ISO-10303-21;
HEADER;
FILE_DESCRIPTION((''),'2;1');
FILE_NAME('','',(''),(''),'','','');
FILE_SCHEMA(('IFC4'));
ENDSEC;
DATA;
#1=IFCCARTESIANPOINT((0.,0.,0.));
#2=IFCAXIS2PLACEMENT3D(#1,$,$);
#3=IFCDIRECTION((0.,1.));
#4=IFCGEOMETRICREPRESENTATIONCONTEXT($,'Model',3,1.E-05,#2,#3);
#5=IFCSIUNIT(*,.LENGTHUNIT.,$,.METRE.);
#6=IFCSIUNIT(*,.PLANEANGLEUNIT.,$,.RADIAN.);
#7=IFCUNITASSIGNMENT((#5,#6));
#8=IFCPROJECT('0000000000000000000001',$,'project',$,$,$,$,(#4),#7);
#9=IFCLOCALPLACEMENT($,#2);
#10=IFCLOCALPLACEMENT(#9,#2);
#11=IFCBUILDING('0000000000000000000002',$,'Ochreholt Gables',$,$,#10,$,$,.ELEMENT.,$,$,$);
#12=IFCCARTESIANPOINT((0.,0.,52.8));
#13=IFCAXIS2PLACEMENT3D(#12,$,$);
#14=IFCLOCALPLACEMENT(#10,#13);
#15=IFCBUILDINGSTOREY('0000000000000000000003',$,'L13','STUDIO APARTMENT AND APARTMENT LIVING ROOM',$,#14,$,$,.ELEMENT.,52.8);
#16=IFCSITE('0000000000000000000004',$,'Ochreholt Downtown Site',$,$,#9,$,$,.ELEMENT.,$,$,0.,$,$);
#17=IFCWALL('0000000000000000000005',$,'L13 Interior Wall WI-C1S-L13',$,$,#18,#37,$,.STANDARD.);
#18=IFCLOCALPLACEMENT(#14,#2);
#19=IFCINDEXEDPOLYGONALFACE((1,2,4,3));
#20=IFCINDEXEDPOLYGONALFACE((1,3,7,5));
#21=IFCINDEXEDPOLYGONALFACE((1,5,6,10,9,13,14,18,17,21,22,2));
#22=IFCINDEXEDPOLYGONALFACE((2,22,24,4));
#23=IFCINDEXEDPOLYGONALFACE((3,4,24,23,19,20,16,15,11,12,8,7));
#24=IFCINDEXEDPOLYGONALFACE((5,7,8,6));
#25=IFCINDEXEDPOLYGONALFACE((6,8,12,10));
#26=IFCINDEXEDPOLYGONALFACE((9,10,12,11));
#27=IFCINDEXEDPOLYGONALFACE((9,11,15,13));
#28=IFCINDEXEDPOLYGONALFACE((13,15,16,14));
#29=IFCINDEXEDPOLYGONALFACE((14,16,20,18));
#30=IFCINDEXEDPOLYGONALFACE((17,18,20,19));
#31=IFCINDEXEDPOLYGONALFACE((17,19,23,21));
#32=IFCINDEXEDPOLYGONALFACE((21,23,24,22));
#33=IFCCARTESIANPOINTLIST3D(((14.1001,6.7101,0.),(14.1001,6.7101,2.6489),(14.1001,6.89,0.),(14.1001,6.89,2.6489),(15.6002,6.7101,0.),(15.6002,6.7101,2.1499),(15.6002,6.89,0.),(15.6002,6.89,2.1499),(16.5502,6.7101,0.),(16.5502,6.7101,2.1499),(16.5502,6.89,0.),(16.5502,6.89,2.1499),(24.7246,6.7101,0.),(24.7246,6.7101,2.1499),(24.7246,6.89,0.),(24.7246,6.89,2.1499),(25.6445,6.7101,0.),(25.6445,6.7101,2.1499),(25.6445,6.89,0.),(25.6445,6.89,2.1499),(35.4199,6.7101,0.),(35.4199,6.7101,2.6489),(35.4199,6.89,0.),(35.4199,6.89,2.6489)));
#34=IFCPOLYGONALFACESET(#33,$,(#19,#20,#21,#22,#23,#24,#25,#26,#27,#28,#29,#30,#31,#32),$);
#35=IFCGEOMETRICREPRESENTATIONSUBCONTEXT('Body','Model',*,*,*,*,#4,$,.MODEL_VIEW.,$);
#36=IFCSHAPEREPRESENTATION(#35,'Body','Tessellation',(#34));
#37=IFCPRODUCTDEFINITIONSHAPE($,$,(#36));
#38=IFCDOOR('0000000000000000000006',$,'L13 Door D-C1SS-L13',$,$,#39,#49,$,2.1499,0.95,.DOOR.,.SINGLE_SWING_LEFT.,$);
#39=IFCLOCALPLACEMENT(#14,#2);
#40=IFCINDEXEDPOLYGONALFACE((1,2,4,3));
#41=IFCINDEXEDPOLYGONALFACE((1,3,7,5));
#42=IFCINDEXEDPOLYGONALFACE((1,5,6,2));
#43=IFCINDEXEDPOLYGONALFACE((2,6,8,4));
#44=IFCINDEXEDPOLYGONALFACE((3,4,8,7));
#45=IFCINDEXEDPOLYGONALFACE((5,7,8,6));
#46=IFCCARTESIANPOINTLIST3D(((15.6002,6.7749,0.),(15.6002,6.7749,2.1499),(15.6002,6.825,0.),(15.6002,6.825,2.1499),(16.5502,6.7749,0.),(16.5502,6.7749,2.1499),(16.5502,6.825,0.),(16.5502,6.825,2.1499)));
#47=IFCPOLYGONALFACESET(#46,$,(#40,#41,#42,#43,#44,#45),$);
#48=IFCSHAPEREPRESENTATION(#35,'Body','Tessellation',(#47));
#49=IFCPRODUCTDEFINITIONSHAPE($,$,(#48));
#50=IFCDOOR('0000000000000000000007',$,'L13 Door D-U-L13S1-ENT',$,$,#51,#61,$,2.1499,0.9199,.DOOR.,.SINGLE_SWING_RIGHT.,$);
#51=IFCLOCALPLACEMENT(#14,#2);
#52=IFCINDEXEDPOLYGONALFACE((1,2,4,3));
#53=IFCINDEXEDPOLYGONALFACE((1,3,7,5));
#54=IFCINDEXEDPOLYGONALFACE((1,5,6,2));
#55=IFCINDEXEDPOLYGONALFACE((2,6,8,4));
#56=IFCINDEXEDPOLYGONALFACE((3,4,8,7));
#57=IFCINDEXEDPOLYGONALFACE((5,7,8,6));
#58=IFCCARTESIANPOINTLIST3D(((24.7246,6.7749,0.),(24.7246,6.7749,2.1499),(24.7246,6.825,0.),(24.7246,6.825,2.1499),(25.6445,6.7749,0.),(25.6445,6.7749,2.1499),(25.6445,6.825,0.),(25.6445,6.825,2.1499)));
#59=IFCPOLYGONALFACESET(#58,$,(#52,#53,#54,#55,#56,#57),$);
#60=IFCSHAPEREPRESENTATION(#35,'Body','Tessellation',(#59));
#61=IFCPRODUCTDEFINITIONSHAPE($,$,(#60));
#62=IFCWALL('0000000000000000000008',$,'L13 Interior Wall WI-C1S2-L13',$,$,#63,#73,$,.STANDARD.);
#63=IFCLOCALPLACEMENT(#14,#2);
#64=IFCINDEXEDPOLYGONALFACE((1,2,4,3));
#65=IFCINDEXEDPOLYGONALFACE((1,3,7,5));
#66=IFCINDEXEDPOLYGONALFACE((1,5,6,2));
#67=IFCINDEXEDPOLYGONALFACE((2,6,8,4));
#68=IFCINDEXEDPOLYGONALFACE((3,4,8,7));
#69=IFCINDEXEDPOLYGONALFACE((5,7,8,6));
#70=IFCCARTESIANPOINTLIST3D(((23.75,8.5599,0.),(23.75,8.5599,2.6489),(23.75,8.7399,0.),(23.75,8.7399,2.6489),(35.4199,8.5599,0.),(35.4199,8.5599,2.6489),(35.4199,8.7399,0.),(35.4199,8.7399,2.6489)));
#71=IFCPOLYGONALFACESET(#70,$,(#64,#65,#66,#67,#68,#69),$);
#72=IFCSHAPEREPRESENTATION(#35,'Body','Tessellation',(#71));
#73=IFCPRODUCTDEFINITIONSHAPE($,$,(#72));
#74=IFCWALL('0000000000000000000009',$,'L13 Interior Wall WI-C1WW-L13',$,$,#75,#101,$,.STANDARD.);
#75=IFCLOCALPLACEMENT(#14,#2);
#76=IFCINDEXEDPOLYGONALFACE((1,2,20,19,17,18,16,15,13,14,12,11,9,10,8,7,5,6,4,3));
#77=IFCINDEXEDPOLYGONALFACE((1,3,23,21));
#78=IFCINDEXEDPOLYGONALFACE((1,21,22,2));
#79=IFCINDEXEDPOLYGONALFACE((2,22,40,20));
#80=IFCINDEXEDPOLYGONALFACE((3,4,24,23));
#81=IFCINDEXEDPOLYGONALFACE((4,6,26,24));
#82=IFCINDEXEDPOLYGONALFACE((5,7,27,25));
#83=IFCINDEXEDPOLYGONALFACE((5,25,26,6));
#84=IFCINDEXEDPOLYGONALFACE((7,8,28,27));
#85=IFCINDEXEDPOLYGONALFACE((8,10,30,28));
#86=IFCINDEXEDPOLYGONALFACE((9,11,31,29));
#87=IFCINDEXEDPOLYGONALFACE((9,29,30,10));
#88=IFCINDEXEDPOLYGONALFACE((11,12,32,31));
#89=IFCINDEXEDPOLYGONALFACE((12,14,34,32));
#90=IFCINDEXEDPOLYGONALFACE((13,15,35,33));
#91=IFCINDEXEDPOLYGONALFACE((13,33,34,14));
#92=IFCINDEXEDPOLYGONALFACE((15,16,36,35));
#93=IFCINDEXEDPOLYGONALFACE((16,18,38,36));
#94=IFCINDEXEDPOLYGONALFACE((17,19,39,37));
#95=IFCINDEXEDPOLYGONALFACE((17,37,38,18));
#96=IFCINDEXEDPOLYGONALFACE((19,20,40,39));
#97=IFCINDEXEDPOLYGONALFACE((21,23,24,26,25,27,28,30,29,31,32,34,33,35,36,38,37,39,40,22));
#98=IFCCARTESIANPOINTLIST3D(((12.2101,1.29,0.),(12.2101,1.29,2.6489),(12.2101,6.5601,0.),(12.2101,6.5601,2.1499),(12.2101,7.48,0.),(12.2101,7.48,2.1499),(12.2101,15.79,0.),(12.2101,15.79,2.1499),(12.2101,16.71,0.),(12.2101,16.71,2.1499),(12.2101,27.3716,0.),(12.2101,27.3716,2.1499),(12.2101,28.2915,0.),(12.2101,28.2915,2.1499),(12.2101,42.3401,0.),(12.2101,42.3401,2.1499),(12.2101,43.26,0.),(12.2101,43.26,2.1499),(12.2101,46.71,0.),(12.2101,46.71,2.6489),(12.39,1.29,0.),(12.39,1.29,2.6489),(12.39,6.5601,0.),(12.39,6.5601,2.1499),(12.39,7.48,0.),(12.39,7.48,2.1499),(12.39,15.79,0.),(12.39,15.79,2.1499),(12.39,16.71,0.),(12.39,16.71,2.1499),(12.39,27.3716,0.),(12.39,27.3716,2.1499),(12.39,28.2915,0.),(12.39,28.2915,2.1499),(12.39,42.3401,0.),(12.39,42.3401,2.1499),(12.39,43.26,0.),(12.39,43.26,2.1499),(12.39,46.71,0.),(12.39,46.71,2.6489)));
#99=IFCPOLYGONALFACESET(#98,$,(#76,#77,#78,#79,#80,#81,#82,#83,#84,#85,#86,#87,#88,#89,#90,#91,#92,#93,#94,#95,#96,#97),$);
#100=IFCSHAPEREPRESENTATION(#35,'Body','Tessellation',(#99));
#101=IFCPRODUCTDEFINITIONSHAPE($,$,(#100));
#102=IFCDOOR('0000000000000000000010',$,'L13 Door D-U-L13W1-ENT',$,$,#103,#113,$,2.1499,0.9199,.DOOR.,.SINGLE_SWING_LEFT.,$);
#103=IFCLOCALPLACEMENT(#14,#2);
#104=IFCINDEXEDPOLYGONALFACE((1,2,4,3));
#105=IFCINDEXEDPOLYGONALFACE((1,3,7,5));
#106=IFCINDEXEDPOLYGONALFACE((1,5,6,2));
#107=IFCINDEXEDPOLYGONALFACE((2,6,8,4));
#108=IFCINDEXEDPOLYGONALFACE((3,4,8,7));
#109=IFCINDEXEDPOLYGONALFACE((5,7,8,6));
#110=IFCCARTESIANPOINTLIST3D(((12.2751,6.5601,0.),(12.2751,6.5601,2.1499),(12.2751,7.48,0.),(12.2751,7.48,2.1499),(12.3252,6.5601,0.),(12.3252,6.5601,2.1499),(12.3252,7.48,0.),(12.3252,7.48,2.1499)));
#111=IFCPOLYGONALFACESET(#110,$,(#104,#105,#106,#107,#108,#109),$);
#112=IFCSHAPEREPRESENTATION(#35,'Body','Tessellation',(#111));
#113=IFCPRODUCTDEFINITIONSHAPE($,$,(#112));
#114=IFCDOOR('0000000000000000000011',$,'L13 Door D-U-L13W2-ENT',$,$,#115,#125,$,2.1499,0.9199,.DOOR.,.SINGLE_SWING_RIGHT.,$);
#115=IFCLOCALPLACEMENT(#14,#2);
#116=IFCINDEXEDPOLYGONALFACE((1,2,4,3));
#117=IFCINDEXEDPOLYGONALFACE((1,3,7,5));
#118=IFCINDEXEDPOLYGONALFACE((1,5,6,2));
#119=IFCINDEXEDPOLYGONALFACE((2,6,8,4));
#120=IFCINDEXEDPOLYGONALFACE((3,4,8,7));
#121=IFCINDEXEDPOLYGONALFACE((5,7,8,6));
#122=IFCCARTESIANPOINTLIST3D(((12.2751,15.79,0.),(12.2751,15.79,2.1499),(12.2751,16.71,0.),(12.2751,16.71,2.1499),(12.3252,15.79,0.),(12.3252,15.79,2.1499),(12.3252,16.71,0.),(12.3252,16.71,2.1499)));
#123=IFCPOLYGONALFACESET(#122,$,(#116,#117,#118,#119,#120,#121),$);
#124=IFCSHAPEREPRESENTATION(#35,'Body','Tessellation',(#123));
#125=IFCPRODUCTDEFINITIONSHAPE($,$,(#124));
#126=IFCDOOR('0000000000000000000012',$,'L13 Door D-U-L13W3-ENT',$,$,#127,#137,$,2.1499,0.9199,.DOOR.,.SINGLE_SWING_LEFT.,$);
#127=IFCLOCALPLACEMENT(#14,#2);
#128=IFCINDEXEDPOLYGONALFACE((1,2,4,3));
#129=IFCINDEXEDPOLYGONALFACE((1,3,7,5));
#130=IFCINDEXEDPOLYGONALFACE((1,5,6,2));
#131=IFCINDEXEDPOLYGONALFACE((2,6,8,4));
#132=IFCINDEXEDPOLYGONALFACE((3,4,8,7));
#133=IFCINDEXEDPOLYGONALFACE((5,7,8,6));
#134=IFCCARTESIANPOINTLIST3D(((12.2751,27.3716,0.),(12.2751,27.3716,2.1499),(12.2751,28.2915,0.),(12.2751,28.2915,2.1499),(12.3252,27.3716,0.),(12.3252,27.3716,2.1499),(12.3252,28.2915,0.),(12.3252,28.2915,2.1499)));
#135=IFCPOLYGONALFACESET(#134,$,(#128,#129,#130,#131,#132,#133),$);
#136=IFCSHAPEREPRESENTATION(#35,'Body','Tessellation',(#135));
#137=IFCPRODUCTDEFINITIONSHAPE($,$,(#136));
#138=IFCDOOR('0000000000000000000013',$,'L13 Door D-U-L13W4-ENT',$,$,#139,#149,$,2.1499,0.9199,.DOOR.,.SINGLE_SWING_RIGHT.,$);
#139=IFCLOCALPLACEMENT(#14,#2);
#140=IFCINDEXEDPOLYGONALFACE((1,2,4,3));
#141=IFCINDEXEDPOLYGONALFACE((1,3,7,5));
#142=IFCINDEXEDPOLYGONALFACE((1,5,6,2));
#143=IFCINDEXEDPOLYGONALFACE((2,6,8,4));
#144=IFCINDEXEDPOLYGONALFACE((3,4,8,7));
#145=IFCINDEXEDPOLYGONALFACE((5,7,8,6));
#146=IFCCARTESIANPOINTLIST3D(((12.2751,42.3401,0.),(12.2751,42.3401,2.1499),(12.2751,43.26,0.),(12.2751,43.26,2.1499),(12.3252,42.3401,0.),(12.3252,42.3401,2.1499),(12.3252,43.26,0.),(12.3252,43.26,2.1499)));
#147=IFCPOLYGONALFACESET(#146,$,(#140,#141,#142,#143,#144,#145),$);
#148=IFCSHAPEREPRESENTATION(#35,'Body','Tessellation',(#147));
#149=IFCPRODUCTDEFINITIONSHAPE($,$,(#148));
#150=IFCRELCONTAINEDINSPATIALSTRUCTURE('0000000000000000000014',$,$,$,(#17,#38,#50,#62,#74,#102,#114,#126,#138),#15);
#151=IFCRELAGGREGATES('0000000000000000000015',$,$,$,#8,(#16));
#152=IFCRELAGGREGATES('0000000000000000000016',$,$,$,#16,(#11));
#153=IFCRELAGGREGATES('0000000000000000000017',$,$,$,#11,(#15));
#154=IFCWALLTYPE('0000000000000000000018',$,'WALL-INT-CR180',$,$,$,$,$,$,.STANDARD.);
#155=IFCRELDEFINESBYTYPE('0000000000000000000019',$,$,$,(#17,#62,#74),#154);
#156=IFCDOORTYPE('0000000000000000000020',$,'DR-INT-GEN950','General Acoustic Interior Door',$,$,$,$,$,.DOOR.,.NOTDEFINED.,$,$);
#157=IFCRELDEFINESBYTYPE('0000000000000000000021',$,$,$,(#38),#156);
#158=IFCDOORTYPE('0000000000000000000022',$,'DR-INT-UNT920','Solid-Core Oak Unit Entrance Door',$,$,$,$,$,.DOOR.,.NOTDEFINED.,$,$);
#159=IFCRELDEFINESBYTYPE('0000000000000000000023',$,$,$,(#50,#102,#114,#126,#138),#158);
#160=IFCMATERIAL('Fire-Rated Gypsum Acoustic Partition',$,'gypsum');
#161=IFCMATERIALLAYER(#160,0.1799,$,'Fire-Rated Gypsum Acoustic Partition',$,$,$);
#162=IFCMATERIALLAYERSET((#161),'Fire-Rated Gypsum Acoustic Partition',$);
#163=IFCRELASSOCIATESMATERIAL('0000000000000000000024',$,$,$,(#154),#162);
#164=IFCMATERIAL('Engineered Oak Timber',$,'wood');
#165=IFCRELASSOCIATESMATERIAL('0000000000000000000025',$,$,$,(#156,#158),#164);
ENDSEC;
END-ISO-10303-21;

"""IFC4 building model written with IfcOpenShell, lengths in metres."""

from ifc_helpers import new_model, si_unit, direction, frame, frame_2d, origin, place, context, subcontext, project, spatial, rectangle, extrude, material, layer, layer_set, type_object, element, fill, save


model = new_model("IFC4")

# Units and contexts
model_context = context("Model", 3, precision=1e-05, world=origin(), true_north=direction((0.0, 1.0)))
body_context = subcontext(model_context, "Body", "Model", "MODEL_VIEW")
ifc_project = project(units=[si_unit("LENGTHUNIT", "METRE"), si_unit("PLANEANGLEUNIT", "RADIAN")], contexts=[model_context])

# Site, building, storey
site_placement = place(None, origin())
site = spatial("IfcSite", under=ifc_project, at=site_placement, Name="Ochreholt Downtown Site", CompositionType="ELEMENT", RefElevation=0.0)
building_placement = place(site_placement, origin())
building = spatial("IfcBuilding", under=site, at=building_placement, Name="Ochreholt Gables", CompositionType="ELEMENT")
storey_placement = place(building_placement, frame((0.0, 0.0, 52.8)))
storey = spatial("IfcBuildingStorey", under=building, at=storey_placement, Name="L13", Description="STUDIO APARTMENT AND APARTMENT LIVING ROOM", CompositionType="ELEMENT", Elevation=52.8)

# Shared definitions
ifc_material_1 = material(Name="Fire-Rated Gypsum Acoustic Partition", Category="gypsum")
ifc_layer_1 = layer(ifc_material_1, 0.1799, Name="Fire-Rated Gypsum Acoustic Partition")
ifc_layer_set_1 = layer_set([ifc_layer_1], Name="Fire-Rated Gypsum Acoustic Partition")
wall_type_1 = type_object("IfcWallType", Name="WALL-INT-CR180", PredefinedType="STANDARD", material=ifc_layer_set_1)

# Wall, openings, doors
wall_1_placement = place(storey_placement, frame((14.1001, 6.8, 0.0), z_axis=(0.0, 0.0, 1.0), x_axis=(1.0, 0.0, 0.0)))
wall_1 = element("IfcWall", 1, at=wall_1_placement, inside=storey, type_object=wall_type_1, Name="L13 Interior Wall WI-C1S-L13", PredefinedType="STANDARD", context=body_context, shape_type="SweptSolid", body=[
    extrude(rectangle(XDim=21.3198, YDim=0.1799, at=frame_2d((10.6599, 0.0))), origin(), (0.0, 0.0, 1.0), 2.6489),
])
opening_1_placement = place(wall_1_placement, frame((1.5, 0.0, 0.0)))
opening_1 = element("IfcOpeningElement", 2, at=opening_1_placement, cuts=wall_1, PredefinedType="OPENING", context=body_context, shape_type="SweptSolid", body=[
    extrude(rectangle(XDim=0.95, YDim=2.1499, at=frame_2d((0.4751, 1.075))), frame((0.0, 0.0999, 0.0), z_axis=(0.0, -1.0, 0.0), x_axis=(1.0, 0.0, 0.0)), (0.0, 0.0, 1.0), 0.2),
])
opening_2_placement = place(wall_1_placement, frame((10.6245, 0.0, 0.0)))
opening_2 = element("IfcOpeningElement", 3, at=opening_2_placement, cuts=wall_1, PredefinedType="OPENING", context=body_context, shape_type="SweptSolid", body=[
    extrude(rectangle(XDim=0.9199, YDim=2.1499, at=frame_2d((0.46, 1.075))), frame((0.0, 0.0999, 0.0), z_axis=(0.0, -1.0, 0.0), x_axis=(1.0, 0.0, 0.0)), (0.0, 0.0, 1.0), 0.2),
])
ifc_material_2 = material(Name="Engineered Oak Timber", Category="wood")
door_type_1 = type_object("IfcDoorType", Name="DR-INT-GEN950", Description="General Acoustic Interior Door", OperationType="NOTDEFINED", PredefinedType="DOOR", material=ifc_material_2)
door_1_placement = place(opening_1_placement, origin())
door_1 = element("IfcDoor", 4, at=door_1_placement, inside=storey, type_object=door_type_1, Name="L13 Door D-C1SS-L13", OperationType="SINGLE_SWING_LEFT", OverallHeight=2.1499, OverallWidth=0.95, PredefinedType="DOOR", context=body_context, shape_type="SweptSolid", body=[
    extrude(rectangle(XDim=0.95, YDim=2.1499, at=frame_2d((0.4751, 1.075))), frame((0.0, 0.0249, 0.0), z_axis=(0.0, -1.0, 0.0), x_axis=(1.0, 0.0, 0.0)), (0.0, 0.0, 1.0), 0.05),
])
fill(opening_1, door_1)
door_type_2 = type_object("IfcDoorType", Name="DR-INT-UNT920", Description="Solid-Core Oak Unit Entrance Door", OperationType="NOTDEFINED", PredefinedType="DOOR", material=ifc_material_2)
door_2_placement = place(opening_2_placement, origin())
door_2 = element("IfcDoor", 5, at=door_2_placement, inside=storey, type_object=door_type_2, Name="L13 Door D-U-L13S1-ENT", OperationType="SINGLE_SWING_RIGHT", OverallHeight=2.1499, OverallWidth=0.9199, PredefinedType="DOOR", context=body_context, shape_type="SweptSolid", body=[
    extrude(rectangle(XDim=0.9199, YDim=2.1499, at=frame_2d((0.46, 1.075))), frame((0.0, 0.0249, 0.0), z_axis=(0.0, -1.0, 0.0), x_axis=(1.0, 0.0, 0.0)), (0.0, 0.0, 1.0), 0.05),
])
fill(opening_2, door_2)

# Wall
wall_2_placement = place(storey_placement, frame((23.75, 8.6499, 0.0), z_axis=(0.0, 0.0, 1.0), x_axis=(1.0, 0.0, 0.0)))
element("IfcWall", 6, at=wall_2_placement, inside=storey, type_object=wall_type_1, Name="L13 Interior Wall WI-C1S2-L13", PredefinedType="STANDARD", context=body_context, shape_type="SweptSolid", body=[
    extrude(rectangle(XDim=11.6699, YDim=0.1799, at=frame_2d((5.835, 0.0))), origin(), (0.0, 0.0, 1.0), 2.6489),
])

# Wall, openings, doors
wall_3_placement = place(storey_placement, frame((12.3, 1.29, 0.0), z_axis=(0.0, 0.0, 1.0), x_axis=(0.0, 1.0, 0.0)))
wall_3 = element("IfcWall", 7, at=wall_3_placement, inside=storey, type_object=wall_type_1, Name="L13 Interior Wall WI-C1WW-L13", PredefinedType="STANDARD", context=body_context, shape_type="SweptSolid", body=[
    extrude(rectangle(XDim=45.4199, YDim=0.1799, at=frame_2d((22.71, 0.0))), origin(), (0.0, 0.0, 1.0), 2.6489),
])
opening_3_placement = place(wall_3_placement, frame((5.27, 0.0, 0.0)))
opening_3 = element("IfcOpeningElement", 8, at=opening_3_placement, cuts=wall_3, PredefinedType="OPENING", context=body_context, shape_type="SweptSolid", body=[
    extrude(rectangle(XDim=0.9199, YDim=2.1499, at=frame_2d((0.46, 1.075))), frame((0.0, 0.0999, 0.0), z_axis=(0.0, -1.0, 0.0), x_axis=(1.0, 0.0, 0.0)), (0.0, 0.0, 1.0), 0.2),
])
opening_4_placement = place(wall_3_placement, frame((14.5, 0.0, 0.0)))
opening_4 = element("IfcOpeningElement", 9, at=opening_4_placement, cuts=wall_3, PredefinedType="OPENING", context=body_context, shape_type="SweptSolid", body=[
    extrude(rectangle(XDim=0.9199, YDim=2.1499, at=frame_2d((0.46, 1.075))), frame((0.0, 0.0999, 0.0), z_axis=(0.0, -1.0, 0.0), x_axis=(1.0, 0.0, 0.0)), (0.0, 0.0, 1.0), 0.2),
])
opening_5_placement = place(wall_3_placement, frame((26.0815, 0.0, 0.0)))
opening_5 = element("IfcOpeningElement", 10, at=opening_5_placement, cuts=wall_3, PredefinedType="OPENING", context=body_context, shape_type="SweptSolid", body=[
    extrude(rectangle(XDim=0.9199, YDim=2.1499, at=frame_2d((0.46, 1.075))), frame((0.0, 0.0999, 0.0), z_axis=(0.0, -1.0, 0.0), x_axis=(1.0, 0.0, 0.0)), (0.0, 0.0, 1.0), 0.2),
])
opening_6_placement = place(wall_3_placement, frame((41.05, 0.0, 0.0)))
opening_6 = element("IfcOpeningElement", 11, at=opening_6_placement, cuts=wall_3, PredefinedType="OPENING", context=body_context, shape_type="SweptSolid", body=[
    extrude(rectangle(XDim=0.9199, YDim=2.1499, at=frame_2d((0.46, 1.075))), frame((0.0, 0.0999, 0.0), z_axis=(0.0, -1.0, 0.0), x_axis=(1.0, 0.0, 0.0)), (0.0, 0.0, 1.0), 0.2),
])
door_3_placement = place(opening_3_placement, origin())
door_3 = element("IfcDoor", 12, at=door_3_placement, inside=storey, type_object=door_type_2, Name="L13 Door D-U-L13W1-ENT", OperationType="SINGLE_SWING_LEFT", OverallHeight=2.1499, OverallWidth=0.9199, PredefinedType="DOOR", context=body_context, shape_type="SweptSolid", body=[
    extrude(rectangle(XDim=0.9199, YDim=2.1499, at=frame_2d((0.46, 1.075))), frame((0.0, 0.0249, 0.0), z_axis=(0.0, -1.0, 0.0), x_axis=(1.0, 0.0, 0.0)), (0.0, 0.0, 1.0), 0.05),
])
fill(opening_3, door_3)
door_4_placement = place(opening_4_placement, origin())
door_4 = element("IfcDoor", 13, at=door_4_placement, inside=storey, type_object=door_type_2, Name="L13 Door D-U-L13W2-ENT", OperationType="SINGLE_SWING_RIGHT", OverallHeight=2.1499, OverallWidth=0.9199, PredefinedType="DOOR", context=body_context, shape_type="SweptSolid", body=[
    extrude(rectangle(XDim=0.9199, YDim=2.1499, at=frame_2d((0.46, 1.075))), frame((0.0, 0.0249, 0.0), z_axis=(0.0, -1.0, 0.0), x_axis=(1.0, 0.0, 0.0)), (0.0, 0.0, 1.0), 0.05),
])
fill(opening_4, door_4)
door_5_placement = place(opening_5_placement, origin())
door_5 = element("IfcDoor", 14, at=door_5_placement, inside=storey, type_object=door_type_2, Name="L13 Door D-U-L13W3-ENT", OperationType="SINGLE_SWING_LEFT", OverallHeight=2.1499, OverallWidth=0.9199, PredefinedType="DOOR", context=body_context, shape_type="SweptSolid", body=[
    extrude(rectangle(XDim=0.9199, YDim=2.1499, at=frame_2d((0.46, 1.075))), frame((0.0, 0.0249, 0.0), z_axis=(0.0, -1.0, 0.0), x_axis=(1.0, 0.0, 0.0)), (0.0, 0.0, 1.0), 0.05),
])
fill(opening_5, door_5)
door_6_placement = place(opening_6_placement, origin())
door_6 = element("IfcDoor", 15, at=door_6_placement, inside=storey, type_object=door_type_2, Name="L13 Door D-U-L13W4-ENT", OperationType="SINGLE_SWING_RIGHT", OverallHeight=2.1499, OverallWidth=0.9199, PredefinedType="DOOR", context=body_context, shape_type="SweptSolid", body=[
    extrude(rectangle(XDim=0.9199, YDim=2.1499, at=frame_2d((0.46, 1.075))), frame((0.0, 0.0249, 0.0), z_axis=(0.0, -1.0, 0.0), x_axis=(1.0, 0.0, 0.0)), (0.0, 0.0, 1.0), 0.05),
])
fill(opening_6, door_6)

save(model, "model.ifc")
